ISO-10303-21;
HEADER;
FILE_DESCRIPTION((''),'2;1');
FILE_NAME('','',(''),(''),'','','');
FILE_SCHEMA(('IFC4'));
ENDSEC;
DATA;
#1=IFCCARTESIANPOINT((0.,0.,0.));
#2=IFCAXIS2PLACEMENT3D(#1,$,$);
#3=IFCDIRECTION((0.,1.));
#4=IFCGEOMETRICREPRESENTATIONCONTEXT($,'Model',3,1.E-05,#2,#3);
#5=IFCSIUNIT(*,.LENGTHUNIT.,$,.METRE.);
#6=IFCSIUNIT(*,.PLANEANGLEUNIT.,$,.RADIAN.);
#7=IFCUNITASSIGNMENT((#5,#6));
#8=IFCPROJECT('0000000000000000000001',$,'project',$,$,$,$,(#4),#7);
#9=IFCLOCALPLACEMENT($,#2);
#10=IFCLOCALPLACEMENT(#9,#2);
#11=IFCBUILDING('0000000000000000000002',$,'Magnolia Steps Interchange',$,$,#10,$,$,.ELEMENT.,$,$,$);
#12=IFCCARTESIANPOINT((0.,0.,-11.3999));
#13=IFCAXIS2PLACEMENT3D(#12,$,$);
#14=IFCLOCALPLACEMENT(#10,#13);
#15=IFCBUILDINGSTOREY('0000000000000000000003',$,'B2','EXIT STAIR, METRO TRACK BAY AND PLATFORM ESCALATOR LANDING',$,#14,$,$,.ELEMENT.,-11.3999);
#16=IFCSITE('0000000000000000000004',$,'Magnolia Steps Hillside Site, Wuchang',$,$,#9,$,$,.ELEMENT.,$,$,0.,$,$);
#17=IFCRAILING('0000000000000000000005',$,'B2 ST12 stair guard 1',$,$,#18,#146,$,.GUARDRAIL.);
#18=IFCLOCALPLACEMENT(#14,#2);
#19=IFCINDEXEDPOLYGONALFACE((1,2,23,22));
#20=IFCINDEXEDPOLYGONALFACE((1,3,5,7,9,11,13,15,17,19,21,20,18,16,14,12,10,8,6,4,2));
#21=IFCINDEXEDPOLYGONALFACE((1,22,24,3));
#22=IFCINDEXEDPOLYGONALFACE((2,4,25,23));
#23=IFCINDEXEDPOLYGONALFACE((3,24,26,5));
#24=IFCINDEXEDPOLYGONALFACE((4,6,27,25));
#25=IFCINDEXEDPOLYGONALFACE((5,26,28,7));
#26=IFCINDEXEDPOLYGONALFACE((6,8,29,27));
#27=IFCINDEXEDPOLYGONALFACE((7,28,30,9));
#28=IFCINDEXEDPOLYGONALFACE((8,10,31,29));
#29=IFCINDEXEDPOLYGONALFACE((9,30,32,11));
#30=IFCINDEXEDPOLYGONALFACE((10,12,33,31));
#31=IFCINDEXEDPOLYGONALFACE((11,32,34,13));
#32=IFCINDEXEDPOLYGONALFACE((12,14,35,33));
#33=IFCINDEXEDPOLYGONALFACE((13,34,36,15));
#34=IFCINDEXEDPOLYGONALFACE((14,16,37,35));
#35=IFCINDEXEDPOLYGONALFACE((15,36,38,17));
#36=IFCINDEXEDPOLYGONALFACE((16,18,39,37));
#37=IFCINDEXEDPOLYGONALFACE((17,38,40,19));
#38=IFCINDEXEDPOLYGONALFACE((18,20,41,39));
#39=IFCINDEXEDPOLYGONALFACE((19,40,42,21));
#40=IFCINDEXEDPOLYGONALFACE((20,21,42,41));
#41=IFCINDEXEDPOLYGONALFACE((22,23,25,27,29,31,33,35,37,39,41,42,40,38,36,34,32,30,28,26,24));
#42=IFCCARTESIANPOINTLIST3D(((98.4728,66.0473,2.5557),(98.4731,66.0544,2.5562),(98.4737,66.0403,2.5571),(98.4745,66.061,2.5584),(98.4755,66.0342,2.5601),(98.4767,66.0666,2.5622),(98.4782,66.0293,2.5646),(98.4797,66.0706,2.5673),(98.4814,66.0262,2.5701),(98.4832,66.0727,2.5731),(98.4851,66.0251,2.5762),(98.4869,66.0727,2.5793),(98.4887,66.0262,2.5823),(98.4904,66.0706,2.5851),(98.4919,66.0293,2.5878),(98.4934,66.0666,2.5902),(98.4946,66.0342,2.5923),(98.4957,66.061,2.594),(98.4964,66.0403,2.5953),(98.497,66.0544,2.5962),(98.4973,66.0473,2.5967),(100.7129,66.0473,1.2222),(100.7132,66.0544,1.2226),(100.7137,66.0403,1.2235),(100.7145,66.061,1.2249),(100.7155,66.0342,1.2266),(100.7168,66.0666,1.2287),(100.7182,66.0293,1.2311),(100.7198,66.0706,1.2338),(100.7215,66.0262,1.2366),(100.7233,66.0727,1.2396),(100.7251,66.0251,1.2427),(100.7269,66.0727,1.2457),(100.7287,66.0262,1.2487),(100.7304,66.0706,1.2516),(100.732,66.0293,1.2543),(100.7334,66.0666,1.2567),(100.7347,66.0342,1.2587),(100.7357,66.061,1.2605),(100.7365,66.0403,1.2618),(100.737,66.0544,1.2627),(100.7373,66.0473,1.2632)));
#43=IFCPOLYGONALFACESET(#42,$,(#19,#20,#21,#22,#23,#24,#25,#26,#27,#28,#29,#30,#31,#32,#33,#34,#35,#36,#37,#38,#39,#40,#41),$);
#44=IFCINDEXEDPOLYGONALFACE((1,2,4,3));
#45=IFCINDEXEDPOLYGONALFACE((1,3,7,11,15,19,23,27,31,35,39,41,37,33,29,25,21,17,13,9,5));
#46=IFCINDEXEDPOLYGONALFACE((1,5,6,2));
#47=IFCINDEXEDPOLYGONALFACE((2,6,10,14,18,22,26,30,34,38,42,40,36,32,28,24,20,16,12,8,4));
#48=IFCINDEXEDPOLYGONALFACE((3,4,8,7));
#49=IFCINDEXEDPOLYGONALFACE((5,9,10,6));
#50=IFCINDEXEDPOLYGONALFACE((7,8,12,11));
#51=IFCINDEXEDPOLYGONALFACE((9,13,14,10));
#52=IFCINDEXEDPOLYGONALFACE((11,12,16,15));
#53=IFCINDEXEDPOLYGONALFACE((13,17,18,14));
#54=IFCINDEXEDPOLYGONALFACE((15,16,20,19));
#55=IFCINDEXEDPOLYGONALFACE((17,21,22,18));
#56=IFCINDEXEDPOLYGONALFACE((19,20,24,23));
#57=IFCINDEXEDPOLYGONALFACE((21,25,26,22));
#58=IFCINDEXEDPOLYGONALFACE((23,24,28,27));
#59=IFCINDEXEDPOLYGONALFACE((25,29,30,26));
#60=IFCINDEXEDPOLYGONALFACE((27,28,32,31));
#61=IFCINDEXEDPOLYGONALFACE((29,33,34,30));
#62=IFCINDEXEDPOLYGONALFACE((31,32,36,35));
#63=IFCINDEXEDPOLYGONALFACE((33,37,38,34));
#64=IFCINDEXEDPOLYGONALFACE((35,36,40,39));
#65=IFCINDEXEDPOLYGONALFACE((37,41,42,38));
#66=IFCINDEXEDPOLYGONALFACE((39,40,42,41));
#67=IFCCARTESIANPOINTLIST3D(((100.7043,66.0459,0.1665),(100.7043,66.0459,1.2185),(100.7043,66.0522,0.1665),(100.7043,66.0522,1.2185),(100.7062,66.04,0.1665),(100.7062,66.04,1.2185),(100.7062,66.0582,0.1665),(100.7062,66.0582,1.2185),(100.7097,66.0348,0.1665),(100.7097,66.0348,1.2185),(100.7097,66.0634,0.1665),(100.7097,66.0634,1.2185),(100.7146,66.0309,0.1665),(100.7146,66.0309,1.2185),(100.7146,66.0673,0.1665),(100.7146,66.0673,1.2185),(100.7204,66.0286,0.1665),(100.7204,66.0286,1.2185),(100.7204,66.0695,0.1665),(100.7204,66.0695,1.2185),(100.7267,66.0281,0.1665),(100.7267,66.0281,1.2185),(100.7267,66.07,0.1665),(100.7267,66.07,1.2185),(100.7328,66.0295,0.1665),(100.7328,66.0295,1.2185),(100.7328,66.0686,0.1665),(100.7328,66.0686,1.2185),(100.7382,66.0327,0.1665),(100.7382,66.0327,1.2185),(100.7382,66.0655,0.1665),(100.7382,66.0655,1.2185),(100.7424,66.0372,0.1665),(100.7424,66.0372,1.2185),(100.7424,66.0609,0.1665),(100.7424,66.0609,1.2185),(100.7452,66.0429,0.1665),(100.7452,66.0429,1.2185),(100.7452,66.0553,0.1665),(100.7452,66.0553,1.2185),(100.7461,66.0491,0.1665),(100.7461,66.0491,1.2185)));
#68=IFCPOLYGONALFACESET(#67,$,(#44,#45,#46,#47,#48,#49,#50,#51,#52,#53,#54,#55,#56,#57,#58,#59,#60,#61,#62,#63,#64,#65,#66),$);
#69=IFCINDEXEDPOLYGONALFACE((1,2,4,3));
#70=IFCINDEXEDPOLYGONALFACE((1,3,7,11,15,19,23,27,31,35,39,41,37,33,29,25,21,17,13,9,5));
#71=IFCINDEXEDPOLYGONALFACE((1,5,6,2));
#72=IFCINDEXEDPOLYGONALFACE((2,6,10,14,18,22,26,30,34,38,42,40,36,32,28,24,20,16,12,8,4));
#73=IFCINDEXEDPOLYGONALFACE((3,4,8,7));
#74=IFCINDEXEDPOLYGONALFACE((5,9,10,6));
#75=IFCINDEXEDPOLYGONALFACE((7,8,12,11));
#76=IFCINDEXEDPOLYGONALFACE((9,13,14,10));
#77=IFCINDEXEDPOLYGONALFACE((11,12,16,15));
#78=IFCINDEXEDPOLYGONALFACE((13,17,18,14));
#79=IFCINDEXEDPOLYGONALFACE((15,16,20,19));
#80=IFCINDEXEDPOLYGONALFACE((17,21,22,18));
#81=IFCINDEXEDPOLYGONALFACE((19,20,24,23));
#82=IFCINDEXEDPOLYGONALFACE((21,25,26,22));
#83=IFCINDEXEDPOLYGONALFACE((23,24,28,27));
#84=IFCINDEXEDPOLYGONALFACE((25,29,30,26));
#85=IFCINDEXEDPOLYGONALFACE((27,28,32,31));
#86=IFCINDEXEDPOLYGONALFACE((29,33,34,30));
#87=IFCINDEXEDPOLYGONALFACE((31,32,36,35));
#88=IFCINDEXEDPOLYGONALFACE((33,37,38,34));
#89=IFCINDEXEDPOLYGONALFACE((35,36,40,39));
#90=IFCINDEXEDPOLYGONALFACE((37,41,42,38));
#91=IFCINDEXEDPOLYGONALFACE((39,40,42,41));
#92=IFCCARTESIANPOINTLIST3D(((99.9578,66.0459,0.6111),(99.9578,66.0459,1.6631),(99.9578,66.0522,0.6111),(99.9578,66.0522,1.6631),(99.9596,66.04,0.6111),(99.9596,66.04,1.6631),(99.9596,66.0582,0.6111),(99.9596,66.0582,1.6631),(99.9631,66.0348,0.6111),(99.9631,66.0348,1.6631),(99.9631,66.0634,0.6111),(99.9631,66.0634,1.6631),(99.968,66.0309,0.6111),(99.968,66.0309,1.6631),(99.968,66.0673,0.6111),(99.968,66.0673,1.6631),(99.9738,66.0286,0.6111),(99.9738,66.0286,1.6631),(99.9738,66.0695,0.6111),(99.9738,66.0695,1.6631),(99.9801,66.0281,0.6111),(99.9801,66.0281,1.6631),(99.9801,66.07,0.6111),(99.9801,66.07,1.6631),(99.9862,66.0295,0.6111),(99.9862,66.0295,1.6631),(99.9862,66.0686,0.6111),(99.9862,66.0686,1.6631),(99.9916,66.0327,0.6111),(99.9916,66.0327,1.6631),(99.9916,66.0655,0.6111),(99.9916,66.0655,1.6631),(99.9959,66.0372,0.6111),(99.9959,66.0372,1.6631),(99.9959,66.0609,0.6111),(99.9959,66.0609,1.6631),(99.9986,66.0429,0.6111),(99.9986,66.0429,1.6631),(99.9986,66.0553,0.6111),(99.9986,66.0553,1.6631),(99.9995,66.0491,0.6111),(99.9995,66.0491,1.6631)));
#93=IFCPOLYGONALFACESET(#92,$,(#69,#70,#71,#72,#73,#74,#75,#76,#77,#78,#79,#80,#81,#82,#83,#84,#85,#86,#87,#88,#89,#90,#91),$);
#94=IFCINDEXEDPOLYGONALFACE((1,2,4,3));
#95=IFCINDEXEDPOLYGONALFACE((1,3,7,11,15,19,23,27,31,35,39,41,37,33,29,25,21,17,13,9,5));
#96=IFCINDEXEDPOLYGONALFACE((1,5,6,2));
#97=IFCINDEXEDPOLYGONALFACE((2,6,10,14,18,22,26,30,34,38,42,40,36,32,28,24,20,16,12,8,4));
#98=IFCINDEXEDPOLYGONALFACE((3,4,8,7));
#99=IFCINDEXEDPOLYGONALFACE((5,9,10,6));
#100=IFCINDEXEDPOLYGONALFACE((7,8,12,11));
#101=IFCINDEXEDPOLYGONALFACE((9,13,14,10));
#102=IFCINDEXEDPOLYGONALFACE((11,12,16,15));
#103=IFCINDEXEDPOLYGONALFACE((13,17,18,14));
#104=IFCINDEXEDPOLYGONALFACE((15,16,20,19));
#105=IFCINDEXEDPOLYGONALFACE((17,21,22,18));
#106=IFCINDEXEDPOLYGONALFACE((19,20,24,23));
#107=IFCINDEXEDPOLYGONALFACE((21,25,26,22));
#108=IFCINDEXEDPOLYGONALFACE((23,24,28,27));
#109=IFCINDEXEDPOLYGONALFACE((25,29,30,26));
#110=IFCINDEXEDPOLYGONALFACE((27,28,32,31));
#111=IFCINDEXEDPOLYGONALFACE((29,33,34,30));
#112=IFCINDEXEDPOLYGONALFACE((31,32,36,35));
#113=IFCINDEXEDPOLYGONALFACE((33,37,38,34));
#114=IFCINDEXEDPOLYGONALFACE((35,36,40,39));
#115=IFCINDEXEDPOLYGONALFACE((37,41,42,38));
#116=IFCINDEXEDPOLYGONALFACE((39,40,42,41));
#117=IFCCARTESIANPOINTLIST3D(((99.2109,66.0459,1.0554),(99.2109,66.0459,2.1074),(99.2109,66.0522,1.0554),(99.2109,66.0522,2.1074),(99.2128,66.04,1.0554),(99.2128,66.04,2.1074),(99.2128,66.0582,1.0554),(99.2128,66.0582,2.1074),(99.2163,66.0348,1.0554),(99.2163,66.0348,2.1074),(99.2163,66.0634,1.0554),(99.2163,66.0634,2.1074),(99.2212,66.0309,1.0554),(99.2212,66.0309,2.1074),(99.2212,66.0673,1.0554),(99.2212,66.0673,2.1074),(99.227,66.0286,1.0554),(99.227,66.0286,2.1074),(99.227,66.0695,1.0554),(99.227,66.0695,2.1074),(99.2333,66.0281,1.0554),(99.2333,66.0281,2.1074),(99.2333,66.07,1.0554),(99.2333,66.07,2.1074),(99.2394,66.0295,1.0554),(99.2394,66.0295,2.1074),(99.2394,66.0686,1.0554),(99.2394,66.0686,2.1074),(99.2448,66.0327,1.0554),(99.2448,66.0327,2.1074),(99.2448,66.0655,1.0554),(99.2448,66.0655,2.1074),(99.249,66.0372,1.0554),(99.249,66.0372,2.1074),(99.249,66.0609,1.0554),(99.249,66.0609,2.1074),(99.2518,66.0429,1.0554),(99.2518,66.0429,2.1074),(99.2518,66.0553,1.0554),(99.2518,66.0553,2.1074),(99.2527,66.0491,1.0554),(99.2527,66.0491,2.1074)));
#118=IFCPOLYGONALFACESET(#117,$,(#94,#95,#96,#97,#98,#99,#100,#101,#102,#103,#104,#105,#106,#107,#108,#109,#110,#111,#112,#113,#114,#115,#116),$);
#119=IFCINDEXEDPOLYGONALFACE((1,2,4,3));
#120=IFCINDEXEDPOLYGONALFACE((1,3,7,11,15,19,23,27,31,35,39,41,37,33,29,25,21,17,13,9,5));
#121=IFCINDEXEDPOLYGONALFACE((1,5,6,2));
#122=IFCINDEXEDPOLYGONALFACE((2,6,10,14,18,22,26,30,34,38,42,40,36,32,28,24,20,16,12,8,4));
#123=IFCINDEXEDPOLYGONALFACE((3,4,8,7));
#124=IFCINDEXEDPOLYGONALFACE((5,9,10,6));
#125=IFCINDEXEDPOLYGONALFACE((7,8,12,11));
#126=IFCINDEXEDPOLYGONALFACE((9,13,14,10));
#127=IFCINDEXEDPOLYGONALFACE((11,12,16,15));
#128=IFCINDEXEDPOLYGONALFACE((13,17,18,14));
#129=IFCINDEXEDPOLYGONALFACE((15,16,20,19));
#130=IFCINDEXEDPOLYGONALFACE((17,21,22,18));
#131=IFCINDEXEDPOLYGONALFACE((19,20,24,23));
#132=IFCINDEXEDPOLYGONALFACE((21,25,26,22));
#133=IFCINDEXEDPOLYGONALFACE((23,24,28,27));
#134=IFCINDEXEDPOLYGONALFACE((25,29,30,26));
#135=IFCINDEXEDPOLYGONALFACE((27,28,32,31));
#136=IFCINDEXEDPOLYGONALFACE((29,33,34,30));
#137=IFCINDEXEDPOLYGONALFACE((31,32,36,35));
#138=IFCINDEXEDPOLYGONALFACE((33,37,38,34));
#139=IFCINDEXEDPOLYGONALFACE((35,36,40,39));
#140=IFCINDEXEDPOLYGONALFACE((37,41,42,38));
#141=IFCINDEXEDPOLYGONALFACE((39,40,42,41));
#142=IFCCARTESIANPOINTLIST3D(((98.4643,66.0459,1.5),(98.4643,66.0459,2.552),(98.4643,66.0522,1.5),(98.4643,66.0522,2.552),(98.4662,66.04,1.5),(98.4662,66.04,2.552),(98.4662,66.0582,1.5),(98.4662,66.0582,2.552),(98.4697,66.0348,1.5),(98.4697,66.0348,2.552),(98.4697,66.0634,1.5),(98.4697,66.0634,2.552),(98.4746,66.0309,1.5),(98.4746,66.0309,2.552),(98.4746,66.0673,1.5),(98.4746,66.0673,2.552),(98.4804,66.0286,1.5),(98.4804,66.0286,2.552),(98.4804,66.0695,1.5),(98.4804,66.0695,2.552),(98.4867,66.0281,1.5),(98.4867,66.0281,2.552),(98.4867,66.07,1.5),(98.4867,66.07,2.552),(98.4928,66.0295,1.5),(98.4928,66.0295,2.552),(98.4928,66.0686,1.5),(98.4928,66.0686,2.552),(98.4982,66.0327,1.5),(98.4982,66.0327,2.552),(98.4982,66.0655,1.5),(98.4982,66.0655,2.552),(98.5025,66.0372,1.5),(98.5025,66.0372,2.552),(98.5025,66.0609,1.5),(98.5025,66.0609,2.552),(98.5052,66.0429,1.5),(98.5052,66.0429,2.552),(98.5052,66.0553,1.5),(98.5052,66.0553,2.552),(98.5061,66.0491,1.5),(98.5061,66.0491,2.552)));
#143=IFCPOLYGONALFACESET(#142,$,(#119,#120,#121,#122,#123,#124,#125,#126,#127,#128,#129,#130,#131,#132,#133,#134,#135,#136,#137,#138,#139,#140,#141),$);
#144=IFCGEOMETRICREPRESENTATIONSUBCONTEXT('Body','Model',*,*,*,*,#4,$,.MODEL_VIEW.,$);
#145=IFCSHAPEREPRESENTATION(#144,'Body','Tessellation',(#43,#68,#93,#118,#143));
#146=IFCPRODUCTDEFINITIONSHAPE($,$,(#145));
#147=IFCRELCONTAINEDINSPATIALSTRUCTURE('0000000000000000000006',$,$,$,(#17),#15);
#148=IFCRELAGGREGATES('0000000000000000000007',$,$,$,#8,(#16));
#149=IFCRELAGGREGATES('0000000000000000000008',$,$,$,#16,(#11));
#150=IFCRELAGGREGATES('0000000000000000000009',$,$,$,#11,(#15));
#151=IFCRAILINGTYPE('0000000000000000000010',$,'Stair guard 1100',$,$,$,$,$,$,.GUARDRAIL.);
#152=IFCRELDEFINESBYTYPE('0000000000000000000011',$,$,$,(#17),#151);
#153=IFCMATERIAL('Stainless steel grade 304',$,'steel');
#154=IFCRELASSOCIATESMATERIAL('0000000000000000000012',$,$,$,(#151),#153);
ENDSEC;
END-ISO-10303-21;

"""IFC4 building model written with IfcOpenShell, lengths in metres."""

from ifc_helpers import new_model, si_unit, direction, frame, origin, origin_2d, place, context, subcontext, project, spatial, circle, extrude, material, type_object, element, save


model = new_model("IFC4")

# Units and contexts
model_context = context("Model", 3, precision=1e-05, world=origin(), true_north=direction((0.0, 1.0)))
body_context = subcontext(model_context, "Body", "Model", "MODEL_VIEW")
ifc_project = project(units=[si_unit("LENGTHUNIT", "METRE"), si_unit("PLANEANGLEUNIT", "RADIAN")], contexts=[model_context])

# Site, building, storey
site_placement = place(None, origin())
site = spatial("IfcSite", under=ifc_project, at=site_placement, Name="Magnolia Steps Hillside Site, Wuchang", CompositionType="ELEMENT", RefElevation=0.0)
building_placement = place(site_placement, origin())
building = spatial("IfcBuilding", under=site, at=building_placement, Name="Magnolia Steps Interchange", CompositionType="ELEMENT")
storey_placement = place(building_placement, frame((0.0, 0.0, -11.3999)))
storey = spatial("IfcBuildingStorey", under=building, at=storey_placement, Name="B2", Description="EXIT STAIR, METRO TRACK BAY AND PLATFORM ESCALATOR LANDING", CompositionType="ELEMENT", Elevation=-11.3999)

# Railing
ifc_material_1 = material(Name="Stainless steel grade 304", Category="steel")
railing_type_1 = type_object("IfcRailingType", Name="Stair guard 1100", PredefinedType="GUARDRAIL", material=ifc_material_1)
railing_1_placement = place(storey_placement, frame((100.7251, 66.0491, 0.1665)))
element("IfcRailing", 1, at=railing_1_placement, inside=storey, type_object=railing_type_1, Name="B2 ST12 stair guard 1", PredefinedType="GUARDRAIL", context=body_context, shape_type="SweptSolid", body=[
    extrude(circle(Radius=0.0239, at=origin_2d()), frame((0.0, 0.0, 1.0762), z_axis=(-0.859264, 0.0, 0.511532), x_axis=(0.0, -1.0, 0.0)), (0.0, 0.0, 1.0), 2.6069),
    extrude(circle(Radius=0.021, at=origin_2d()), origin(), (0.0, 0.0, 1.0), 1.052),
    extrude(circle(Radius=0.021, at=origin_2d()), frame((-0.7466, 0.0, 0.4446)), (0.0, 0.0, 1.0), 1.052),
    extrude(circle(Radius=0.021, at=origin_2d()), frame((-1.4934, 0.0, 0.8889)), (0.0, 0.0, 1.0), 1.052),
    extrude(circle(Radius=0.021, at=origin_2d()), frame((-2.24, 0.0, 1.3335)), (0.0, 0.0, 1.0), 1.052),
])

save(model, "model.ifc")
